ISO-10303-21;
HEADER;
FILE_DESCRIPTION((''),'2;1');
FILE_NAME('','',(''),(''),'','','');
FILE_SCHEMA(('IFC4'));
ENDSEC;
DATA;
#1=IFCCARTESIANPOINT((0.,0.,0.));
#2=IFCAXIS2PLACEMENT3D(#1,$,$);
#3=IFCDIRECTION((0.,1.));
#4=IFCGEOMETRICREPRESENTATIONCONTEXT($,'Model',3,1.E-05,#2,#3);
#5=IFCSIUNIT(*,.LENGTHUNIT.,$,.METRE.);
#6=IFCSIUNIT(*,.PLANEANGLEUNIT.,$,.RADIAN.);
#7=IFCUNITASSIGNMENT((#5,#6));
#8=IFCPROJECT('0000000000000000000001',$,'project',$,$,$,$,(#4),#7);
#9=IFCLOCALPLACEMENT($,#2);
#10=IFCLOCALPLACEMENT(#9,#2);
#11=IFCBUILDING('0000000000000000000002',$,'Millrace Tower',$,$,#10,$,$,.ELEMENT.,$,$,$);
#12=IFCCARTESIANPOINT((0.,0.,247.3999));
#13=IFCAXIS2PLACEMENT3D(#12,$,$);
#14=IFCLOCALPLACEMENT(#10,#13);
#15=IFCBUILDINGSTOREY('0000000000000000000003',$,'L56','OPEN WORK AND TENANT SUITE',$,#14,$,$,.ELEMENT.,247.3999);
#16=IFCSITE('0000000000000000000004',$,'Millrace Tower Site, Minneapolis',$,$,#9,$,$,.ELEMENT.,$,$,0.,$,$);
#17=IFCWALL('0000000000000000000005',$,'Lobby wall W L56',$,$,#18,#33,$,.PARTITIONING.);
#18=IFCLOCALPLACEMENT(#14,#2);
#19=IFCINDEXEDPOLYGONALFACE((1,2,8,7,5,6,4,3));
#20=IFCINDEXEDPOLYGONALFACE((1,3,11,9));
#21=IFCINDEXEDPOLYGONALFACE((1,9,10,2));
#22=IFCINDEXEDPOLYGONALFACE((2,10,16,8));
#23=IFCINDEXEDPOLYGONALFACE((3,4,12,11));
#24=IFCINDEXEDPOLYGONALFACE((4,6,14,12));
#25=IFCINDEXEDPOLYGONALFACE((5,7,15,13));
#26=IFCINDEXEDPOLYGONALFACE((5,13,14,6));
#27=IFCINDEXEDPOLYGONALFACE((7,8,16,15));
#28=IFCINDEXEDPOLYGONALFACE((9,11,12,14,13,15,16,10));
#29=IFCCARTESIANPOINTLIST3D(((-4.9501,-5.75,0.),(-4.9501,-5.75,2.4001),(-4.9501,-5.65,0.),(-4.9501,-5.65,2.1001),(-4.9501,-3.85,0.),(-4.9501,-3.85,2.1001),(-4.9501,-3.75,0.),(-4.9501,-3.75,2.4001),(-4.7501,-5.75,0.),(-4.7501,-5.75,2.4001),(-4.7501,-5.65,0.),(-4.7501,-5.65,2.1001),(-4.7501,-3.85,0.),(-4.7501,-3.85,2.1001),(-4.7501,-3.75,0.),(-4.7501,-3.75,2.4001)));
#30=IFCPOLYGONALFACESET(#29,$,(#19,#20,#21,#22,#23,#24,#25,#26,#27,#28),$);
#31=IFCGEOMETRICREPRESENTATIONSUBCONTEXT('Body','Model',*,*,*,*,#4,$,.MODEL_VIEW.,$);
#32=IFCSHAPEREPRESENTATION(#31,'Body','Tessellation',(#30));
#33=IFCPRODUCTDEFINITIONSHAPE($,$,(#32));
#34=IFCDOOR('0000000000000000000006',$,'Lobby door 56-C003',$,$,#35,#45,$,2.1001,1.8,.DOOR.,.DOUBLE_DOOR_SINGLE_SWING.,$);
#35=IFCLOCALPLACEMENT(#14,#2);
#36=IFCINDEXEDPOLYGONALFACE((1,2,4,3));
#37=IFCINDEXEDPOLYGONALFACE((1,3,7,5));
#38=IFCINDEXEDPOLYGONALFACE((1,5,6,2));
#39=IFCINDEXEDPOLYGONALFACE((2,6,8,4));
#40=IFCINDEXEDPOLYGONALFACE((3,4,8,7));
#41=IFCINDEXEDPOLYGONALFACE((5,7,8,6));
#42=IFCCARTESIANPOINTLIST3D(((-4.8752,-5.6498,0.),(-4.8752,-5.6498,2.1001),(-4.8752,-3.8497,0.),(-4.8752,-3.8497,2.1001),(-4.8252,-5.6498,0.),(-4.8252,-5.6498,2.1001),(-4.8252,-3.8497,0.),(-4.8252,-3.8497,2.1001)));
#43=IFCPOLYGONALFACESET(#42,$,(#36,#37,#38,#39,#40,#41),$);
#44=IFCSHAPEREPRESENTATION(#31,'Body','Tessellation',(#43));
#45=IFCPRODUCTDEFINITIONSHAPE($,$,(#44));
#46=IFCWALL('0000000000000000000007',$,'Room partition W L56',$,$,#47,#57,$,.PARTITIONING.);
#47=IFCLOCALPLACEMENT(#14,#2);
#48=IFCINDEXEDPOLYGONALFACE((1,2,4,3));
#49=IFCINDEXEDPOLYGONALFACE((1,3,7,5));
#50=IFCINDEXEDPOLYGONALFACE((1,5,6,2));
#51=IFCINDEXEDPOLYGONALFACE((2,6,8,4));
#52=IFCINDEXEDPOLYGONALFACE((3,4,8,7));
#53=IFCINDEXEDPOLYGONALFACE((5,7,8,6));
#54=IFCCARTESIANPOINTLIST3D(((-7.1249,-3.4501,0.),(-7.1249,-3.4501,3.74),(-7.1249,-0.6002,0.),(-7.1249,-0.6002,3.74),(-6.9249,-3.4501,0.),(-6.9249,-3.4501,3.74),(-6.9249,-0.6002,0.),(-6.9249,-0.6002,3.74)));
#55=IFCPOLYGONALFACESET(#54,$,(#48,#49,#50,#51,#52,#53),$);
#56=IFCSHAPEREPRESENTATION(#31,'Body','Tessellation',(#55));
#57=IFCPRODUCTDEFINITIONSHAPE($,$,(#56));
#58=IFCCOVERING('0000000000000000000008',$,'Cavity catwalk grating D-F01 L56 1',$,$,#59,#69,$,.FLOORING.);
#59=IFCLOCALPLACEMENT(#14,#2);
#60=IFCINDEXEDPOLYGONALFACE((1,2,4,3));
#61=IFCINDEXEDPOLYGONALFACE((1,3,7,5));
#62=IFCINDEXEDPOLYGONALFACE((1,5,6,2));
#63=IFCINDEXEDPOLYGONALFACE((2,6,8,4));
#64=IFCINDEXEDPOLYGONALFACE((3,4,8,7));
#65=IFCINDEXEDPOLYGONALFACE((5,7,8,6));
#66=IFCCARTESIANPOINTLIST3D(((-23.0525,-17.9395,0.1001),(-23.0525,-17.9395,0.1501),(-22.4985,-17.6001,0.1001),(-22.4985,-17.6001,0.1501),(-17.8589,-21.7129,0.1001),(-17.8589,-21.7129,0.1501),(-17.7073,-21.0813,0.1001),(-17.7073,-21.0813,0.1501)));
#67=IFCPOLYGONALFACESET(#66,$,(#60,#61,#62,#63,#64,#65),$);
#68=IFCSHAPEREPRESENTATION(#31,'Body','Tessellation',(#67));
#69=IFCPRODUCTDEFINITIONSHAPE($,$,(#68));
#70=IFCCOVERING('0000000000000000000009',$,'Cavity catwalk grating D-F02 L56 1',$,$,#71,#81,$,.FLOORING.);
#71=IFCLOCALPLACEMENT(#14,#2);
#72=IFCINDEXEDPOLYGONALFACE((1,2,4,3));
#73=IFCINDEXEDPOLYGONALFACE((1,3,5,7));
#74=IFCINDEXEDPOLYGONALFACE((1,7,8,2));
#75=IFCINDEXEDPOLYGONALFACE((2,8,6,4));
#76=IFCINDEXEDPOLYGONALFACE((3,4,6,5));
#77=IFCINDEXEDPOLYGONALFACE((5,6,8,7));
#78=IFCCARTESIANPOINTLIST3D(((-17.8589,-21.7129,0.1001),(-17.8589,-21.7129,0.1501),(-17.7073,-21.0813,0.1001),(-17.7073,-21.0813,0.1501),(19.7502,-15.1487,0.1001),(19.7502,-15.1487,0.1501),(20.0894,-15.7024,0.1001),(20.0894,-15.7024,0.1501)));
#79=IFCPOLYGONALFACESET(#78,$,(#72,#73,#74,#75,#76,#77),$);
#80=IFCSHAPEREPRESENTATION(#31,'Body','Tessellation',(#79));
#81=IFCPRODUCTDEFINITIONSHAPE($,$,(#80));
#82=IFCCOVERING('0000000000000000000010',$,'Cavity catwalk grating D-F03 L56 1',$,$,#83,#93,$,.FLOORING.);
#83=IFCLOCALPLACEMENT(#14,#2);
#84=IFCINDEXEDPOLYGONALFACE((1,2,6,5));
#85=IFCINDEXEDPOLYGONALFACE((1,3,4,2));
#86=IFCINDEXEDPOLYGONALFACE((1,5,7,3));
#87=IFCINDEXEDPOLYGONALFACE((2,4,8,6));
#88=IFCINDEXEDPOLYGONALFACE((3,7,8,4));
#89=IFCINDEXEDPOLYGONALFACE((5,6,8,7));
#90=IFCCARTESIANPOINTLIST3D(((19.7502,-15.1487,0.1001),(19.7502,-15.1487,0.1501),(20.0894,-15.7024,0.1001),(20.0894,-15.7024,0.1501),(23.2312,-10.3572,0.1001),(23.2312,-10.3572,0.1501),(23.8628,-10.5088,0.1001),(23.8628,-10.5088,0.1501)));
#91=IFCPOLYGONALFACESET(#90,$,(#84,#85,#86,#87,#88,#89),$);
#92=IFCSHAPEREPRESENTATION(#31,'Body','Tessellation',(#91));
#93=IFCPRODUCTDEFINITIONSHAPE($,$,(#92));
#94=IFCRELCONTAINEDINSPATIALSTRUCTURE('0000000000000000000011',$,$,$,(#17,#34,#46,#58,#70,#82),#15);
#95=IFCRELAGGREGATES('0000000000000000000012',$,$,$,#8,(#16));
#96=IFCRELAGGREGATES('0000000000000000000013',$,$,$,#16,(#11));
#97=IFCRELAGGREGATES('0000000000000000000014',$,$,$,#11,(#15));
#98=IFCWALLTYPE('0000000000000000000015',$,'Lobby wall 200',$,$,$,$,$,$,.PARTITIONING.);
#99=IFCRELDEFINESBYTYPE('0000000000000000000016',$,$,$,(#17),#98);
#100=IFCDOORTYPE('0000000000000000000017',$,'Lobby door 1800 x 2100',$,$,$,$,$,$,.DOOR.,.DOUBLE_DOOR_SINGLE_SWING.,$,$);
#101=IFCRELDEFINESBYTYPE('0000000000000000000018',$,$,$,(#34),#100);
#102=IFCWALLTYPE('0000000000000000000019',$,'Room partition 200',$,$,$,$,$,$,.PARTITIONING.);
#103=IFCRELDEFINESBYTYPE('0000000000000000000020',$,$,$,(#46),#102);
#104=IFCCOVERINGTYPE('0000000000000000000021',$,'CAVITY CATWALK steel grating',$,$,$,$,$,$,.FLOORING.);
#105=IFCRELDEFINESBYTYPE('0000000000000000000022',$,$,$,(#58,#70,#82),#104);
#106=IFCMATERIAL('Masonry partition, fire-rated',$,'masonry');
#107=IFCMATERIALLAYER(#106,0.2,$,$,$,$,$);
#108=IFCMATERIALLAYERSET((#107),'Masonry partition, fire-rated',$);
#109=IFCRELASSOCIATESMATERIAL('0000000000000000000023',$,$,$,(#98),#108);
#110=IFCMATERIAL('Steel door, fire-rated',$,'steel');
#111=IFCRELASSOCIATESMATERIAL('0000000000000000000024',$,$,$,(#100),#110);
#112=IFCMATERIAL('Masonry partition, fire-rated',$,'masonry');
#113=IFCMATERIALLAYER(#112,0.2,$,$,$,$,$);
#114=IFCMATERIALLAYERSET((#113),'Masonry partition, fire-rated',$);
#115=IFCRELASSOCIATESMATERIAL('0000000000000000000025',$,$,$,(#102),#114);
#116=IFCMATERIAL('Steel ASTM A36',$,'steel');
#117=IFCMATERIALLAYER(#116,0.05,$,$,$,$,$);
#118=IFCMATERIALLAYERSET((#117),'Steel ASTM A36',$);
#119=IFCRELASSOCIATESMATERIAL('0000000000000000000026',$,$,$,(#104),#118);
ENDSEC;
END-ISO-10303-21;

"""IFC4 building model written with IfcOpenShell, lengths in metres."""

from ifc_helpers import new_model, si_unit, direction, frame, frame_2d, origin, place, context, subcontext, project, spatial, polyline, rectangle, outline, extrude, material, layer, layer_set, type_object, element, fill, save


model = new_model("IFC4")

# Units and contexts
model_context = context("Model", 3, precision=1e-05, world=origin(), true_north=direction((0.0, 1.0)))
body_context = subcontext(model_context, "Body", "Model", "MODEL_VIEW")
ifc_project = project(units=[si_unit("LENGTHUNIT", "METRE"), si_unit("PLANEANGLEUNIT", "RADIAN")], contexts=[model_context])

# Site, building, storey
site_placement = place(None, origin())
site = spatial("IfcSite", under=ifc_project, at=site_placement, Name="Millrace Tower Site, Minneapolis", CompositionType="ELEMENT", RefElevation=0.0)
building_placement = place(site_placement, origin())
building = spatial("IfcBuilding", under=site, at=building_placement, Name="Millrace Tower", CompositionType="ELEMENT")
storey_placement = place(building_placement, frame((0.0, 0.0, 247.3999)))
storey = spatial("IfcBuildingStorey", under=building, at=storey_placement, Name="L56", Description="OPEN WORK AND TENANT SUITE", CompositionType="ELEMENT", Elevation=247.3999)

# Wall, opening, door
ifc_material_1 = material(Name="Masonry partition, fire-rated", Category="masonry")
ifc_layer_1 = layer(ifc_material_1, 0.2)
ifc_layer_set_1 = layer_set([ifc_layer_1], Name="Masonry partition, fire-rated")
wall_type_1 = type_object("IfcWallType", Name="Lobby wall 200", PredefinedType="PARTITIONING", material=ifc_layer_set_1)
wall_1_placement = place(storey_placement, frame((-4.8501, -5.75, 0.0), z_axis=(0.0, 0.0, 1.0), x_axis=(0.0, 1.0, 0.0)))
wall_1 = element("IfcWall", 1, at=wall_1_placement, inside=storey, type_object=wall_type_1, Name="Lobby wall W L56", PredefinedType="PARTITIONING", context=body_context, shape_type="SweptSolid", body=[
    extrude(rectangle(XDim=2.0, YDim=0.2, at=frame_2d((1.0, 0.0))), origin(), (0.0, 0.0, 1.0), 2.4001),
])
opening_1_placement = place(wall_1_placement, frame((0.1001, 0.0, 0.0)))
opening_1 = element("IfcOpeningElement", 2, at=opening_1_placement, cuts=wall_1, PredefinedType="OPENING", context=body_context, shape_type="SweptSolid", body=[
    extrude(rectangle(XDim=1.8, YDim=2.1001, at=frame_2d((0.8999, 1.05))), frame((0.0, 0.1099, 0.0), z_axis=(0.0, -1.0, 0.0), x_axis=(1.0, 0.0, 0.0)), (0.0, 0.0, 1.0), 0.22),
])
ifc_material_2 = material(Name="Steel door, fire-rated", Category="steel")
door_type_1 = type_object("IfcDoorType", Name="Lobby door 1800 x 2100", OperationType="DOUBLE_DOOR_SINGLE_SWING", PredefinedType="DOOR", material=ifc_material_2)
door_1_placement = place(opening_1_placement, frame((1.8, 0.0, 0.0), z_axis=(0.0, 0.0, 1.0), x_axis=(-1.0, 0.0, 0.0)))
door_1 = element("IfcDoor", 3, at=door_1_placement, inside=storey, type_object=door_type_1, Name="Lobby door 56-C003", OperationType="DOUBLE_DOOR_SINGLE_SWING", OverallHeight=2.1001, OverallWidth=1.8, PredefinedType="DOOR", context=body_context, shape_type="SweptSolid", body=[
    extrude(rectangle(XDim=1.8, YDim=2.1001, at=frame_2d((0.8999, 1.05))), frame((0.0, 0.0249, 0.0), z_axis=(0.0, -1.0, 0.0), x_axis=(1.0, 0.0, 0.0)), (0.0, 0.0, 1.0), 0.05),
])
fill(opening_1, door_1)

# Wall
ifc_material_3 = material(Name="Masonry partition, fire-rated", Category="masonry")
ifc_layer_2 = layer(ifc_material_3, 0.2)
ifc_layer_set_2 = layer_set([ifc_layer_2], Name="Masonry partition, fire-rated")
wall_type_2 = type_object("IfcWallType", Name="Room partition 200", PredefinedType="PARTITIONING", material=ifc_layer_set_2)
wall_2_placement = place(storey_placement, frame((-7.0249, -3.45, 0.0), z_axis=(0.0, 0.0, 1.0), x_axis=(0.0, 1.0, 0.0)))
element("IfcWall", 4, at=wall_2_placement, inside=storey, type_object=wall_type_2, Name="Room partition W L56", PredefinedType="PARTITIONING", context=body_context, shape_type="SweptSolid", body=[
    extrude(rectangle(XDim=2.8499, YDim=0.2, at=frame_2d((1.4248, 0.0))), origin(), (0.0, 0.0, 1.0), 3.74),
])

# Coverings
ifc_material_4 = material(Name="Steel ASTM A36", Category="steel")
ifc_layer_3 = layer(ifc_material_4, 0.05)
ifc_layer_set_3 = layer_set([ifc_layer_3], Name="Steel ASTM A36")
covering_type = type_object("IfcCoveringType", Name="CAVITY CATWALK steel grating", PredefinedType="FLOORING", material=ifc_layer_set_3)
placement_1 = place(storey_placement, frame((0.0, 0.0, 0.1001)))
element("IfcCovering", 5, at=placement_1, inside=storey, type_object=covering_type, Name="Cavity catwalk grating D-F01 L56 1", PredefinedType="FLOORING", context=body_context, shape_type="SweptSolid", body=[
    extrude(outline(polyline([(-23.0525, -17.9395), (-17.8589, -21.7129), (-17.7073, -21.0813), (-22.4985, -17.6001), (-23.0525, -17.9395)])), origin(), (0.0, 0.0, 1.0), 0.05),
])
element("IfcCovering", 6, at=placement_1, inside=storey, type_object=covering_type, Name="Cavity catwalk grating D-F02 L56 1", PredefinedType="FLOORING", context=body_context, shape_type="SweptSolid", body=[
    extrude(outline(polyline([(-17.8589, -21.7129), (20.0894, -15.7024), (19.7502, -15.1487), (-17.7073, -21.0813), (-17.8589, -21.7129)])), origin(), (0.0, 0.0, 1.0), 0.05),
])
element("IfcCovering", 7, at=placement_1, inside=storey, type_object=covering_type, Name="Cavity catwalk grating D-F03 L56 1", PredefinedType="FLOORING", context=body_context, shape_type="SweptSolid", body=[
    extrude(outline(polyline([(20.0894, -15.7024), (23.8628, -10.5088), (23.2312, -10.3572), (19.7502, -15.1487), (20.0894, -15.7024)])), origin(), (0.0, 0.0, 1.0), 0.05),
])

save(model, "model.ifc")
